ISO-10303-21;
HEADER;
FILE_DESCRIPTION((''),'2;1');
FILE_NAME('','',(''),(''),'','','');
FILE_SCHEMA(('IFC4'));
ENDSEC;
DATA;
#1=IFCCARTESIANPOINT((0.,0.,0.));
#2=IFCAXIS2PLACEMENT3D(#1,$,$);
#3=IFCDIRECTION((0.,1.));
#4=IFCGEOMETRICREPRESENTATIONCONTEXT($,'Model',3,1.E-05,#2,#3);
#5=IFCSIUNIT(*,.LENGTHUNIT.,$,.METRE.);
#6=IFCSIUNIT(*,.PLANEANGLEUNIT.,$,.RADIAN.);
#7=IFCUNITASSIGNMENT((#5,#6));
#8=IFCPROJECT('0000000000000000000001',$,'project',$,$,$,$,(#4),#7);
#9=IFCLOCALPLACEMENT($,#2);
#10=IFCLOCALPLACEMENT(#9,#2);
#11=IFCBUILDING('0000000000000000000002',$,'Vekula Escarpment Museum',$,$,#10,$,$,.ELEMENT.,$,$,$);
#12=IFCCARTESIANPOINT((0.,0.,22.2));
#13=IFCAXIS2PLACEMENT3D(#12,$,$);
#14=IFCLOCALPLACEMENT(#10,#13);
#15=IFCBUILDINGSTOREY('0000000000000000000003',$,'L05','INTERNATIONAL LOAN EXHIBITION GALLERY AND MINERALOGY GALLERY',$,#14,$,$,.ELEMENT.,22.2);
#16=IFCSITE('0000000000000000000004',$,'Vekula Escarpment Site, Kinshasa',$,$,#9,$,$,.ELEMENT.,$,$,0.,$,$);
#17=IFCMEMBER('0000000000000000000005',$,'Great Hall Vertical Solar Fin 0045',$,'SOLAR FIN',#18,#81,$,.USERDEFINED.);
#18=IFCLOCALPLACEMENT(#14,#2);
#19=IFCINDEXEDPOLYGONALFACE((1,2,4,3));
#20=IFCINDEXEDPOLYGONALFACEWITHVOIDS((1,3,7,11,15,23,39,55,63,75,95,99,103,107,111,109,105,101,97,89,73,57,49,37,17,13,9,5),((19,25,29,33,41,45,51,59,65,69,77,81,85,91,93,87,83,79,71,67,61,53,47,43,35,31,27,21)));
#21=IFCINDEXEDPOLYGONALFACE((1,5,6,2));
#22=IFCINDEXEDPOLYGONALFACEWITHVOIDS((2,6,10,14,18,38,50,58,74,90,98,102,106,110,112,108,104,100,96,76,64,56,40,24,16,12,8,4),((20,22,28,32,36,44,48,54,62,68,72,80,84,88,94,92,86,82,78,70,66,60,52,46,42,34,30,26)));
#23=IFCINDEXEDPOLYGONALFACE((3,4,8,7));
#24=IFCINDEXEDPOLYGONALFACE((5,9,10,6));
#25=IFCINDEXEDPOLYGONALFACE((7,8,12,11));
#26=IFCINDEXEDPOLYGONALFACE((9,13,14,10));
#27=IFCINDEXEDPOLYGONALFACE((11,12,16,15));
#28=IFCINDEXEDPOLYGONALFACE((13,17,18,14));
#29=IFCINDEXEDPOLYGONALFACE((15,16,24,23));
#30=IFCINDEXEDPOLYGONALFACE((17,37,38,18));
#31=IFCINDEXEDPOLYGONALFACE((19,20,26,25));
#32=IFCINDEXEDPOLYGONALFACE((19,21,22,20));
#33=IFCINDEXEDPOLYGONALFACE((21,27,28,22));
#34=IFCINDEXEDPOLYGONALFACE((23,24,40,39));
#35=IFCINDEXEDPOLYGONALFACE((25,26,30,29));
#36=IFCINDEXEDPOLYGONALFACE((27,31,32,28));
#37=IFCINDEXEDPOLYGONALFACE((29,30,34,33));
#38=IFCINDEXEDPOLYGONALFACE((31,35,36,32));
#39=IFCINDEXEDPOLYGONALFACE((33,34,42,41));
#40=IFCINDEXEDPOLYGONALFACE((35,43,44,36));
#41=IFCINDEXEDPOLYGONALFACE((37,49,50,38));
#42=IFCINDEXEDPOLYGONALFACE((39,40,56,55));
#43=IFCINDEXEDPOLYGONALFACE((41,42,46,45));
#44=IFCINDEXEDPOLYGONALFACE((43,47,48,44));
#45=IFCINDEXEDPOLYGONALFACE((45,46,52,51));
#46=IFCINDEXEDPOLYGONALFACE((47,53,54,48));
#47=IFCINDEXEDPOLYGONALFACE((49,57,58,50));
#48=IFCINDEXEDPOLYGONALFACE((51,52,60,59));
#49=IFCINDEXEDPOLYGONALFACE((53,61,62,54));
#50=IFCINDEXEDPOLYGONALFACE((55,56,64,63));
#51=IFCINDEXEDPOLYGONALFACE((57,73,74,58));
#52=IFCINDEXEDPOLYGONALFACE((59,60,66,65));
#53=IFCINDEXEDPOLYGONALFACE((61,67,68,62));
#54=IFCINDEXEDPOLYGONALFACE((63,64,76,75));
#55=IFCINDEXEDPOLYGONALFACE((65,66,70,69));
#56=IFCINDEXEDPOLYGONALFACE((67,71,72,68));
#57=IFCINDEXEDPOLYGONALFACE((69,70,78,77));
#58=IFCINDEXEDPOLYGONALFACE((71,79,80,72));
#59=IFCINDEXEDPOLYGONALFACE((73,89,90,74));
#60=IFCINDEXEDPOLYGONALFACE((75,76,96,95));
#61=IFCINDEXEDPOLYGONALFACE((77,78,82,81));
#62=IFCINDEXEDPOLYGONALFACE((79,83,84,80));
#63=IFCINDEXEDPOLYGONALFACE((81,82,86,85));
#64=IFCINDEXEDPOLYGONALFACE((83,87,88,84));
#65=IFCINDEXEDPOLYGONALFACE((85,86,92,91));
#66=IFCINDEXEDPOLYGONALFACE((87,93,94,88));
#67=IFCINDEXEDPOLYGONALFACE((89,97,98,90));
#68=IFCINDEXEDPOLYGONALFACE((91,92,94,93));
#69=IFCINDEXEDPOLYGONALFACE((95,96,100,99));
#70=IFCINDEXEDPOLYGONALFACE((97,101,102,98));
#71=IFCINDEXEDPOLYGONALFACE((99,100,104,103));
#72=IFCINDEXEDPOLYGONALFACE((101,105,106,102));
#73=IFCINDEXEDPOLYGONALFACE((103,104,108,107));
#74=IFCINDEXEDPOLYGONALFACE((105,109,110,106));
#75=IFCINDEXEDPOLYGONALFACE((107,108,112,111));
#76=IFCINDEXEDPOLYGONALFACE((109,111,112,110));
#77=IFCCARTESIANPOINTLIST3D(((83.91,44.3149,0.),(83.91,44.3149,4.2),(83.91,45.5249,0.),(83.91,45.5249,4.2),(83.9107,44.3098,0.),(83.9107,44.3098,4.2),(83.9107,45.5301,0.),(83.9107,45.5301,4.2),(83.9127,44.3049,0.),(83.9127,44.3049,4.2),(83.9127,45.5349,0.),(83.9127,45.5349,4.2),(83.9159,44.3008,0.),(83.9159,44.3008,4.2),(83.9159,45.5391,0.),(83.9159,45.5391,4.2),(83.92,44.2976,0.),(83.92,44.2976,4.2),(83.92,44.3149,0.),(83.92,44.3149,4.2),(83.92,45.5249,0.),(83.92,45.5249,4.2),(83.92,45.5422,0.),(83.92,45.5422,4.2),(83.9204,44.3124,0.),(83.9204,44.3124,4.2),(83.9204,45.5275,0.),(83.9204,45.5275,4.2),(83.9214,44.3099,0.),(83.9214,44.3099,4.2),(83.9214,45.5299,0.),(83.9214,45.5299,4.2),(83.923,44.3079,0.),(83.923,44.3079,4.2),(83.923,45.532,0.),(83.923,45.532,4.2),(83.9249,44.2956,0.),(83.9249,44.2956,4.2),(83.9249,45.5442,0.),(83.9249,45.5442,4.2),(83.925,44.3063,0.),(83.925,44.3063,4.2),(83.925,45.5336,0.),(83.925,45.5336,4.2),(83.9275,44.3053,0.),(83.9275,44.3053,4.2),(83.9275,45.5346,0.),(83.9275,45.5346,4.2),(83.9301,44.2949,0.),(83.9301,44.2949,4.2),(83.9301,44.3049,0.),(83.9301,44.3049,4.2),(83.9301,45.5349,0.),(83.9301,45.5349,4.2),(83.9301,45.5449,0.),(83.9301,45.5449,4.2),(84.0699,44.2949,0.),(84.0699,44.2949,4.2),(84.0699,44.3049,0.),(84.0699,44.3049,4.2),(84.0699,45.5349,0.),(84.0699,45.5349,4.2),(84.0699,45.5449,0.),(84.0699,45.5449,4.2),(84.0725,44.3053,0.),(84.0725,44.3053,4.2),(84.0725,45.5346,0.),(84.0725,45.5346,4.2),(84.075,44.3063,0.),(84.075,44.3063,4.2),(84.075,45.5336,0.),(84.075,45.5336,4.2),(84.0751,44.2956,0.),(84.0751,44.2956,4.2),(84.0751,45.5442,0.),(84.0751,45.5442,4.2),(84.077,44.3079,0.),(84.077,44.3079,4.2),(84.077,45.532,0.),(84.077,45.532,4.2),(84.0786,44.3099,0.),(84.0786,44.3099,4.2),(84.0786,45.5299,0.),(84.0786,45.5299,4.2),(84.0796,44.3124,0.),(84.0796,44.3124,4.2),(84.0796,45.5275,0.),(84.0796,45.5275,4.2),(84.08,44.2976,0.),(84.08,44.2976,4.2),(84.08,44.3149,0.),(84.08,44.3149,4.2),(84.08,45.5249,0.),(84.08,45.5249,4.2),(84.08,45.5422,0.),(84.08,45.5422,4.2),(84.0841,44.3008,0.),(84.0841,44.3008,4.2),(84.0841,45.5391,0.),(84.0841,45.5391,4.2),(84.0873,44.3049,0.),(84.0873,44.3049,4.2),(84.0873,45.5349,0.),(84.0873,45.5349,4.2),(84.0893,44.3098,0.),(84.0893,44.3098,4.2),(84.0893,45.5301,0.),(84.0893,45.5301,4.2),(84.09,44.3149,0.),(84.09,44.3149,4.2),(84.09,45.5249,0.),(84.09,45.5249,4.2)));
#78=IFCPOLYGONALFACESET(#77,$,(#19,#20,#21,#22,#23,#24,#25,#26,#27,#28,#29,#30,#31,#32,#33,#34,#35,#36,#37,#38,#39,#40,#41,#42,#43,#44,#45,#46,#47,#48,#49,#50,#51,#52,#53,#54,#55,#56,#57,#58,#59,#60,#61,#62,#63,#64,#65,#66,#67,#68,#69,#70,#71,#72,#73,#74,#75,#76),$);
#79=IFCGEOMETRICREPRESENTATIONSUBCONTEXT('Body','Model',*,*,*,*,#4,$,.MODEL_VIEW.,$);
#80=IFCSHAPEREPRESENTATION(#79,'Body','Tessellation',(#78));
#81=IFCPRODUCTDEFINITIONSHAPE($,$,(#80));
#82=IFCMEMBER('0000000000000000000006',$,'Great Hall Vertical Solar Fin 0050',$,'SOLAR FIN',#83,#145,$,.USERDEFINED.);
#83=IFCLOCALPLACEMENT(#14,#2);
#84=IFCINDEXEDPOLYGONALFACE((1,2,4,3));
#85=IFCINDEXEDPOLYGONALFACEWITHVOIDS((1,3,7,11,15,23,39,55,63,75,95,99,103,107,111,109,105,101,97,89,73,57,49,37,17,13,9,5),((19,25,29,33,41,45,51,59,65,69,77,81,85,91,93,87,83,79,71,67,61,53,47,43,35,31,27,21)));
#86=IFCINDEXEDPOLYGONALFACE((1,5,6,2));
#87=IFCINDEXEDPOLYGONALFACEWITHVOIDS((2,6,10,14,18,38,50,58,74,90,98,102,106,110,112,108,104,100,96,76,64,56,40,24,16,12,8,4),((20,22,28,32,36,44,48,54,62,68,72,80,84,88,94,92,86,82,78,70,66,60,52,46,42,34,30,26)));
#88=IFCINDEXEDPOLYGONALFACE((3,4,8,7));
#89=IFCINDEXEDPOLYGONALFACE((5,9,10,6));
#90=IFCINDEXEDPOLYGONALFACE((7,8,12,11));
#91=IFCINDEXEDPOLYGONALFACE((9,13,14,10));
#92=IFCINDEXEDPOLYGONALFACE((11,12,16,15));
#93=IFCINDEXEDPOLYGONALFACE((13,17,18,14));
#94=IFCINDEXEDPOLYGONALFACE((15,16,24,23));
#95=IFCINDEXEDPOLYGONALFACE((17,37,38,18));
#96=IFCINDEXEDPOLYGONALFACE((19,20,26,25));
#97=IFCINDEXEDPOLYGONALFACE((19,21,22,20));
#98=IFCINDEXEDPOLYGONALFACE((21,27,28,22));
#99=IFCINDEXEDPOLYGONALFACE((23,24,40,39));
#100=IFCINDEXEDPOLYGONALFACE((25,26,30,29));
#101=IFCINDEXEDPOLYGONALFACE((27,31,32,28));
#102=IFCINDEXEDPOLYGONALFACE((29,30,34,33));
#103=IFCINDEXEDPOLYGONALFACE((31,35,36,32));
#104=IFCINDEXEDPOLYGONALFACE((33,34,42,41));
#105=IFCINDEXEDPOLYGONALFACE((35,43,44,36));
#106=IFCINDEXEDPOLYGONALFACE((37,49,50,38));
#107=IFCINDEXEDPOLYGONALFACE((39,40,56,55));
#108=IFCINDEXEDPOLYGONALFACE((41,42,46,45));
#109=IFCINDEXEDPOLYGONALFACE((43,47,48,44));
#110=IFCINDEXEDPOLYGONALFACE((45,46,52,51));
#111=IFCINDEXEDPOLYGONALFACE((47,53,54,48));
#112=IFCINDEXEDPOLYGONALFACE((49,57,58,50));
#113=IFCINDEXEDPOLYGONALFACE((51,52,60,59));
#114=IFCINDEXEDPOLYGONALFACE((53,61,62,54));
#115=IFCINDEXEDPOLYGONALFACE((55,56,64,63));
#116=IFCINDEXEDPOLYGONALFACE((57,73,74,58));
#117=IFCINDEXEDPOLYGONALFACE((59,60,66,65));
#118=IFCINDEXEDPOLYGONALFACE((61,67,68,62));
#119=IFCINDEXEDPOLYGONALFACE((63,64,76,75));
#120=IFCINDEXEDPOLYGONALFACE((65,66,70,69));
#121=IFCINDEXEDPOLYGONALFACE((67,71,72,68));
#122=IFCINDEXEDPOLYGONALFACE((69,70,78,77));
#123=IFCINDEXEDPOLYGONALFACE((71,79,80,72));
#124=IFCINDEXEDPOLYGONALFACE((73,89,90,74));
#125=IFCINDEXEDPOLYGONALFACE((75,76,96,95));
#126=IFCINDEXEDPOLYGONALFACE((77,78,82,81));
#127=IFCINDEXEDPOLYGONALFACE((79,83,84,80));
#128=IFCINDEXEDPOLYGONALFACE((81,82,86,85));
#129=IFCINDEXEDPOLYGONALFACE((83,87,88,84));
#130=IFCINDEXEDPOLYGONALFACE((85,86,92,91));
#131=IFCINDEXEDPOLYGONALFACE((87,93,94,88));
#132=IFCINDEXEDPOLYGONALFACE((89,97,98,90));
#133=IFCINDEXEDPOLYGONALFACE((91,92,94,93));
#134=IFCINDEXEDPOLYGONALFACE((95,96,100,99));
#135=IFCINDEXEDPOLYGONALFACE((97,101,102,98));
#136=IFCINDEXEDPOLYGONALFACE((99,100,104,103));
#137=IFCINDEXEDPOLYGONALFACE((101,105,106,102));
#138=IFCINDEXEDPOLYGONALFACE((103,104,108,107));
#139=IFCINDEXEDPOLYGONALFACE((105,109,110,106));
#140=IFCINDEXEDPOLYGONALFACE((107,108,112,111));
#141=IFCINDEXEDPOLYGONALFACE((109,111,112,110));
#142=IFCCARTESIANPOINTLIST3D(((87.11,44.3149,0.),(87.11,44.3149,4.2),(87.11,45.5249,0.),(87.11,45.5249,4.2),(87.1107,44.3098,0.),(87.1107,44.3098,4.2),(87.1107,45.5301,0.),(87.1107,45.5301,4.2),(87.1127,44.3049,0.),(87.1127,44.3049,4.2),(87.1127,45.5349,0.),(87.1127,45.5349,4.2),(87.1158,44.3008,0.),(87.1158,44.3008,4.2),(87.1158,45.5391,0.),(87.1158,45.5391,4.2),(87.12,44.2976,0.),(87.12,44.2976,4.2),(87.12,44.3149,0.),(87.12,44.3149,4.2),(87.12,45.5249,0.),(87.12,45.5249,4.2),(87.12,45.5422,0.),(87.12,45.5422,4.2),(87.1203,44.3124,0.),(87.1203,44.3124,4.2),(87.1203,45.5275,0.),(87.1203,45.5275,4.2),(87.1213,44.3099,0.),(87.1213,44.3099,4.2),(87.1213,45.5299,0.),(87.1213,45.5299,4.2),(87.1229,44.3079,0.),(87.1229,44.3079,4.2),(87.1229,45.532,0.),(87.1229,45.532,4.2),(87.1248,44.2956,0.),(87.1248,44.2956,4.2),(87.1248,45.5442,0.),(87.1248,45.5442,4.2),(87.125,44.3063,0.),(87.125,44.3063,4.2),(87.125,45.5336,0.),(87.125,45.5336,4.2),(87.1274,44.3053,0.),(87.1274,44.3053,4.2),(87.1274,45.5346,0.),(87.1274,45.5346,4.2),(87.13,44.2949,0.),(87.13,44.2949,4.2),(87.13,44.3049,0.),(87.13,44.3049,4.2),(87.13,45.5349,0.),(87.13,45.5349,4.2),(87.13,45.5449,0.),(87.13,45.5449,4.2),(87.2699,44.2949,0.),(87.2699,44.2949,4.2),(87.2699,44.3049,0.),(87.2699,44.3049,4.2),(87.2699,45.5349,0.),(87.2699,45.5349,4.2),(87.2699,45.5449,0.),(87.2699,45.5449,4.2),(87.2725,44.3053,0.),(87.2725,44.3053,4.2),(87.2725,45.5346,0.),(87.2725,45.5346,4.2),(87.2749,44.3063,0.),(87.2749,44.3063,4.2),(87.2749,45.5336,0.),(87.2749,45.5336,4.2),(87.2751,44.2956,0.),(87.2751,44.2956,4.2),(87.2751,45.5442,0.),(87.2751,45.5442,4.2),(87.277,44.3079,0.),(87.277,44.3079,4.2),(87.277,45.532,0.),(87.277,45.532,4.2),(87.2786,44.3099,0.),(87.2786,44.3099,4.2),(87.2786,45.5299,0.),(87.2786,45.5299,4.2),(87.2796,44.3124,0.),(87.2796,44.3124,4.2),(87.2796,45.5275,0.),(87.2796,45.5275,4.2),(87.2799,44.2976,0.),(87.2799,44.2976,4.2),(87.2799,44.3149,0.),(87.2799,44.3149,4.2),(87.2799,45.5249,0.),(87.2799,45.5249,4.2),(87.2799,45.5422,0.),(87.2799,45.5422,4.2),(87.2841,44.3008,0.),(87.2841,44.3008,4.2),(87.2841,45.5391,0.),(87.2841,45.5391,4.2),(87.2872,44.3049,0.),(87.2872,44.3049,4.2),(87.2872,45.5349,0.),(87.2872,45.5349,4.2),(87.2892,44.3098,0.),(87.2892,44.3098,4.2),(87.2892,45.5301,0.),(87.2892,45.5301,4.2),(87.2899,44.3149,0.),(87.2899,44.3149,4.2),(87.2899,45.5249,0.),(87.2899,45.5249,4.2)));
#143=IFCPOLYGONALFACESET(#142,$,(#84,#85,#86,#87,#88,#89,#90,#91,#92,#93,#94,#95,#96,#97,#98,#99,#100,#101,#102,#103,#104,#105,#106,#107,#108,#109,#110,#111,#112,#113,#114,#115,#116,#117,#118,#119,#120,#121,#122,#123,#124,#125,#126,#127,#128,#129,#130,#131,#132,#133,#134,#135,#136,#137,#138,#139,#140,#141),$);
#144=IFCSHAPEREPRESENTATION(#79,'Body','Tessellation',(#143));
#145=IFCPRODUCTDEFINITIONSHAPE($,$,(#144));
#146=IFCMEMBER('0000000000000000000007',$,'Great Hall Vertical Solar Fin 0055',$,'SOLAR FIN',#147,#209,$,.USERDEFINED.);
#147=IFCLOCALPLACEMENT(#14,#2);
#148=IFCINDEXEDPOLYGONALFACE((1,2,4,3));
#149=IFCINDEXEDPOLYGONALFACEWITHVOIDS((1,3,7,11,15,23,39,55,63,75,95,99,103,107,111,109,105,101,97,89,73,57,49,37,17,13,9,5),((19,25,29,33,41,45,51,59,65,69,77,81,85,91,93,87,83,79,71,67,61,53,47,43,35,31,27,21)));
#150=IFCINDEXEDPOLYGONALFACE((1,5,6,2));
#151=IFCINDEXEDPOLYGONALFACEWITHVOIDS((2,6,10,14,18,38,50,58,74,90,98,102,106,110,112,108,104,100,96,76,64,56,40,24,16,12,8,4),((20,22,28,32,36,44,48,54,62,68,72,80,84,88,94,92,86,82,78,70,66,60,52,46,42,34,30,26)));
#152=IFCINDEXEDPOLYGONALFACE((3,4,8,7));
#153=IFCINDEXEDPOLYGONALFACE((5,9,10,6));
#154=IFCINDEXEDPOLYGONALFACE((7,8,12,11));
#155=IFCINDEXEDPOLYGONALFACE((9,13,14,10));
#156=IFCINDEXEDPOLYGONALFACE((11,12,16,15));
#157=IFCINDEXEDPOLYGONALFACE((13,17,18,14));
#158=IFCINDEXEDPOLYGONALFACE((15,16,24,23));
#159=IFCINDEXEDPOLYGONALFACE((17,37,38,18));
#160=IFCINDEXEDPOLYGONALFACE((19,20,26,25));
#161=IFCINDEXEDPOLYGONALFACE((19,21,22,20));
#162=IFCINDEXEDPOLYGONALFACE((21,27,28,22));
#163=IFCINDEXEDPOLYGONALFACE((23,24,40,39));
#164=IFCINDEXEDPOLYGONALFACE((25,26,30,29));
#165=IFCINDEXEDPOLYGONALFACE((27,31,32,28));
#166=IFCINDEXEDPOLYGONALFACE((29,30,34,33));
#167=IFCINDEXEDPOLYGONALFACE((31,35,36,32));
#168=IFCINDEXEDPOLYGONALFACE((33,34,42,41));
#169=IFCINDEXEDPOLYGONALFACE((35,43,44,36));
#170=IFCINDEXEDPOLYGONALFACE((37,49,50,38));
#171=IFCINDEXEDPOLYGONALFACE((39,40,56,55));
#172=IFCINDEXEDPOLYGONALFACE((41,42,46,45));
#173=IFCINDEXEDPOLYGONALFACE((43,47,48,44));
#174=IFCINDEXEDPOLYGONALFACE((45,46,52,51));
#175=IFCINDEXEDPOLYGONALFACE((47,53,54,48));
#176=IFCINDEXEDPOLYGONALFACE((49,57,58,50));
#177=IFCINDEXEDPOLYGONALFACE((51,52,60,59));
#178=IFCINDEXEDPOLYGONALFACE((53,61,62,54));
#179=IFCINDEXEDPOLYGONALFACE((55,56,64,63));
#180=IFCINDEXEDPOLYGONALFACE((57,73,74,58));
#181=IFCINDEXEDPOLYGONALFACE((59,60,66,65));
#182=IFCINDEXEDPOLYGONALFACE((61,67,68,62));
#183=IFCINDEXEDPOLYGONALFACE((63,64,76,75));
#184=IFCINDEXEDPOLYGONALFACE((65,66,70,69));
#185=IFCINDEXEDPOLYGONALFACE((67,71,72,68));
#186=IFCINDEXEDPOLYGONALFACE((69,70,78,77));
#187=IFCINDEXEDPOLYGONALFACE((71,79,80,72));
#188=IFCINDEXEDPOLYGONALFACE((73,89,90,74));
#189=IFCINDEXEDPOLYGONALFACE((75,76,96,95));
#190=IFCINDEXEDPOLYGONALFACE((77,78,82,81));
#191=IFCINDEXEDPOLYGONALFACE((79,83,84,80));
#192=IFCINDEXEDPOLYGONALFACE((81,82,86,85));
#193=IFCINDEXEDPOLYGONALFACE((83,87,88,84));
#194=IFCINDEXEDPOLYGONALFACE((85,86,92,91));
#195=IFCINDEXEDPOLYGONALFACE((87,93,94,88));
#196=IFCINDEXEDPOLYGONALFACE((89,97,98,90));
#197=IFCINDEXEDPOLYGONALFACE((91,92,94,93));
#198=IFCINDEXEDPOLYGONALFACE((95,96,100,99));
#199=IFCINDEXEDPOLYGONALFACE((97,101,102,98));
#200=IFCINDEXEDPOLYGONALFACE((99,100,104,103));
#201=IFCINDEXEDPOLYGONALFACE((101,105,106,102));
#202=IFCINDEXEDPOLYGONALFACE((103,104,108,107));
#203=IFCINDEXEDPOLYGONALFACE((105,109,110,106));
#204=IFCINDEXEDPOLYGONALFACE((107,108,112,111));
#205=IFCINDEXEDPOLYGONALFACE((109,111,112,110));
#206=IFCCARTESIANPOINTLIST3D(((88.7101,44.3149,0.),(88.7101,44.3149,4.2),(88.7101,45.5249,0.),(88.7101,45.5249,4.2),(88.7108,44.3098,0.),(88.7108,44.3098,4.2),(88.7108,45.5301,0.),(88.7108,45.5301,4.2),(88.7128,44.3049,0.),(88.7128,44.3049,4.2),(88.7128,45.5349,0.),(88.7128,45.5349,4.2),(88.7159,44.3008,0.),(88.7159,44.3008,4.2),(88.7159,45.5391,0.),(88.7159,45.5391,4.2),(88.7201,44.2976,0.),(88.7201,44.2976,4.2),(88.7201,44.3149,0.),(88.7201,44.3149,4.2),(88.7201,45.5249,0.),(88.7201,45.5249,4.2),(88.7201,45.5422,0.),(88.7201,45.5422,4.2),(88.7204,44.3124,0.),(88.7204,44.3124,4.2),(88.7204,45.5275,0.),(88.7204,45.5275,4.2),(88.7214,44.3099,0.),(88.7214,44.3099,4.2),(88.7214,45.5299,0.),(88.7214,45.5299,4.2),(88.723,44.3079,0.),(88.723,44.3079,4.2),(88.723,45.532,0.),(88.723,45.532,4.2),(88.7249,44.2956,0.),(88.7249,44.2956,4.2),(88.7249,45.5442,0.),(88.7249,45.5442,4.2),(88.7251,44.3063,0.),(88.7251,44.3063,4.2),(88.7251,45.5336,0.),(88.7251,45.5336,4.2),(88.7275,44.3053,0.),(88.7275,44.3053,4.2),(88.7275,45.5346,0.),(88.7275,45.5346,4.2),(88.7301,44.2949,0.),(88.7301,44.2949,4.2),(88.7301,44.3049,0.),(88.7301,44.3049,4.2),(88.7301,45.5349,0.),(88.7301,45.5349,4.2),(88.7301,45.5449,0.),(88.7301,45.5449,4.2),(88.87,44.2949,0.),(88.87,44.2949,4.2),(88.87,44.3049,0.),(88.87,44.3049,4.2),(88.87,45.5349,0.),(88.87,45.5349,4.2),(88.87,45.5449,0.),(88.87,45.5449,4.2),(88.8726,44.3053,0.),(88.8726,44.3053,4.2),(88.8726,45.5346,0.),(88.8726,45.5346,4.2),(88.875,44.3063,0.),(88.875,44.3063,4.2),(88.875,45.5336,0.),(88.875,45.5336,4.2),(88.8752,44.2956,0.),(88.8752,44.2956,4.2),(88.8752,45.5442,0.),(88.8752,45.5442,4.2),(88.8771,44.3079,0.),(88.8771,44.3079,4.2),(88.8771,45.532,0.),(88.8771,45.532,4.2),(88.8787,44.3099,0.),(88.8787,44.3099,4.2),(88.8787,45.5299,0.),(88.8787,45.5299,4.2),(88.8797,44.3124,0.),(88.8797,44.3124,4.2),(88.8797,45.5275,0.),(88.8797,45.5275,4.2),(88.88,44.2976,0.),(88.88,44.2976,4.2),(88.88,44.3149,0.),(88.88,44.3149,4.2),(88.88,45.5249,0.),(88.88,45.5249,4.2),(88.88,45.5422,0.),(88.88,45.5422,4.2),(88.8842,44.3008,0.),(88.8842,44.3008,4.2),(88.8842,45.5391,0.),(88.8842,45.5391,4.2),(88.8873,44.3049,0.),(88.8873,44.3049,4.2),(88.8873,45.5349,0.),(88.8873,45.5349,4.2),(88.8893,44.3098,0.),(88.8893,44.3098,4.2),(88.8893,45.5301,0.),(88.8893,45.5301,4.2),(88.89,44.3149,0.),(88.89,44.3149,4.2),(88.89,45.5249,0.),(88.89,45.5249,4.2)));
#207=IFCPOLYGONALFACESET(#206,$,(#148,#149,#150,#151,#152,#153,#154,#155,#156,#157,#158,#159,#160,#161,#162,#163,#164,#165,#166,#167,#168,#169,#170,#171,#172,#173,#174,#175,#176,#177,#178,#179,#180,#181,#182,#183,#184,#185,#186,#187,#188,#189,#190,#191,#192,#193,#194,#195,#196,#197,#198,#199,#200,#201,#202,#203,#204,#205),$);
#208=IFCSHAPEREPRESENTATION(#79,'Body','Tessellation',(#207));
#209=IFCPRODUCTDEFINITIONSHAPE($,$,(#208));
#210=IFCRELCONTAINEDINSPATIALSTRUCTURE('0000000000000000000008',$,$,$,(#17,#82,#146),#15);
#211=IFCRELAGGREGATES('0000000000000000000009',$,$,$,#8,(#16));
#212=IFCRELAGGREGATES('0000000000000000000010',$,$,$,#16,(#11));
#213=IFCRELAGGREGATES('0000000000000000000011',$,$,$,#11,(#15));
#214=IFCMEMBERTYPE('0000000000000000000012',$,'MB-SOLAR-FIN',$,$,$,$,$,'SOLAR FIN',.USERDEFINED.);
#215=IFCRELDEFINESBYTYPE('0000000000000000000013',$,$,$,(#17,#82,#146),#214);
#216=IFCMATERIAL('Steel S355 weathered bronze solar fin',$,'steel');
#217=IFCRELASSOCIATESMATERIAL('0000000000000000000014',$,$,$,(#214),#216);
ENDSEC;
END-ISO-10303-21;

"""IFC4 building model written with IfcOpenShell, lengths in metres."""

from ifc_helpers import new_model, si_unit, direction, frame, origin, origin_2d, place, context, subcontext, project, spatial, hollow_rectangle, extrude, material, material_profile, profile_set, type_object, element, save


model = new_model("IFC4")

# Units and contexts
model_context = context("Model", 3, precision=1e-05, world=origin(), true_north=direction((0.0, 1.0)))
body_context = subcontext(model_context, "Body", "Model", "MODEL_VIEW")
ifc_project = project(units=[si_unit("LENGTHUNIT", "METRE"), si_unit("PLANEANGLEUNIT", "RADIAN")], contexts=[model_context])

# Site, building, storey
site_placement = place(None, origin())
site = spatial("IfcSite", under=ifc_project, at=site_placement, Name="Vekula Escarpment Site, Kinshasa", CompositionType="ELEMENT", RefElevation=0.0)
building_placement = place(site_placement, origin())
building = spatial("IfcBuilding", under=site, at=building_placement, Name="Vekula Escarpment Museum", CompositionType="ELEMENT")
storey_placement = place(building_placement, frame((0.0, 0.0, 22.2)))
storey = spatial("IfcBuildingStorey", under=building, at=storey_placement, Name="L05", Description="INTERNATIONAL LOAN EXHIBITION GALLERY AND MINERALOGY GALLERY", CompositionType="ELEMENT", Elevation=22.2)

# Members
ifc_material_1 = material(Name="Steel S355 weathered bronze solar fin", Category="steel")
ifc_material_profile_1 = material_profile(ifc_material_1, hollow_rectangle(XDim=0.1799, YDim=1.25, WallThickness=0.01, InnerFilletRadius=0.01, OuterFilletRadius=0.02, at=origin_2d()), Name="RHS 1250x180x10")
ifc_profile_set_1 = profile_set([ifc_material_profile_1], Name="Steel S355 weathered bronze solar fin")
member_type_1 = type_object("IfcMemberType", Name="MB-SOLAR-FIN", ElementType="SOLAR FIN", PredefinedType="USERDEFINED", material=ifc_profile_set_1)
for number, where, z_axis, x_axis, name in (
    (1, (84.0, 44.9199, 0.0), (0.0, 0.0, 1.0), (1.0, 0.0, 0.0), "Great Hall Vertical Solar Fin 0045"),
    (2, (87.2, 44.9199, 0.0), (0.0, 0.0, 1.0), (1.0, 0.0, 0.0), "Great Hall Vertical Solar Fin 0050"),
    (3, (88.8, 44.9199, 0.0), (0.0, 0.0, 1.0), (1.0, 0.0, 0.0), "Great Hall Vertical Solar Fin 0055"),
):
    element("IfcMember", number, at=place(storey_placement, frame(where, z_axis=z_axis, x_axis=x_axis)), inside=storey, type_object=member_type_1, Name=name, ObjectType="SOLAR FIN", PredefinedType="USERDEFINED", context=body_context, shape_type="SweptSolid", body=[
        extrude(hollow_rectangle(XDim=0.1799, YDim=1.25, WallThickness=0.01, InnerFilletRadius=0.01, OuterFilletRadius=0.02, at=origin_2d()), origin(), (0.0, 0.0, 1.0), 4.2),
    ])

save(model, "model.ifc")
